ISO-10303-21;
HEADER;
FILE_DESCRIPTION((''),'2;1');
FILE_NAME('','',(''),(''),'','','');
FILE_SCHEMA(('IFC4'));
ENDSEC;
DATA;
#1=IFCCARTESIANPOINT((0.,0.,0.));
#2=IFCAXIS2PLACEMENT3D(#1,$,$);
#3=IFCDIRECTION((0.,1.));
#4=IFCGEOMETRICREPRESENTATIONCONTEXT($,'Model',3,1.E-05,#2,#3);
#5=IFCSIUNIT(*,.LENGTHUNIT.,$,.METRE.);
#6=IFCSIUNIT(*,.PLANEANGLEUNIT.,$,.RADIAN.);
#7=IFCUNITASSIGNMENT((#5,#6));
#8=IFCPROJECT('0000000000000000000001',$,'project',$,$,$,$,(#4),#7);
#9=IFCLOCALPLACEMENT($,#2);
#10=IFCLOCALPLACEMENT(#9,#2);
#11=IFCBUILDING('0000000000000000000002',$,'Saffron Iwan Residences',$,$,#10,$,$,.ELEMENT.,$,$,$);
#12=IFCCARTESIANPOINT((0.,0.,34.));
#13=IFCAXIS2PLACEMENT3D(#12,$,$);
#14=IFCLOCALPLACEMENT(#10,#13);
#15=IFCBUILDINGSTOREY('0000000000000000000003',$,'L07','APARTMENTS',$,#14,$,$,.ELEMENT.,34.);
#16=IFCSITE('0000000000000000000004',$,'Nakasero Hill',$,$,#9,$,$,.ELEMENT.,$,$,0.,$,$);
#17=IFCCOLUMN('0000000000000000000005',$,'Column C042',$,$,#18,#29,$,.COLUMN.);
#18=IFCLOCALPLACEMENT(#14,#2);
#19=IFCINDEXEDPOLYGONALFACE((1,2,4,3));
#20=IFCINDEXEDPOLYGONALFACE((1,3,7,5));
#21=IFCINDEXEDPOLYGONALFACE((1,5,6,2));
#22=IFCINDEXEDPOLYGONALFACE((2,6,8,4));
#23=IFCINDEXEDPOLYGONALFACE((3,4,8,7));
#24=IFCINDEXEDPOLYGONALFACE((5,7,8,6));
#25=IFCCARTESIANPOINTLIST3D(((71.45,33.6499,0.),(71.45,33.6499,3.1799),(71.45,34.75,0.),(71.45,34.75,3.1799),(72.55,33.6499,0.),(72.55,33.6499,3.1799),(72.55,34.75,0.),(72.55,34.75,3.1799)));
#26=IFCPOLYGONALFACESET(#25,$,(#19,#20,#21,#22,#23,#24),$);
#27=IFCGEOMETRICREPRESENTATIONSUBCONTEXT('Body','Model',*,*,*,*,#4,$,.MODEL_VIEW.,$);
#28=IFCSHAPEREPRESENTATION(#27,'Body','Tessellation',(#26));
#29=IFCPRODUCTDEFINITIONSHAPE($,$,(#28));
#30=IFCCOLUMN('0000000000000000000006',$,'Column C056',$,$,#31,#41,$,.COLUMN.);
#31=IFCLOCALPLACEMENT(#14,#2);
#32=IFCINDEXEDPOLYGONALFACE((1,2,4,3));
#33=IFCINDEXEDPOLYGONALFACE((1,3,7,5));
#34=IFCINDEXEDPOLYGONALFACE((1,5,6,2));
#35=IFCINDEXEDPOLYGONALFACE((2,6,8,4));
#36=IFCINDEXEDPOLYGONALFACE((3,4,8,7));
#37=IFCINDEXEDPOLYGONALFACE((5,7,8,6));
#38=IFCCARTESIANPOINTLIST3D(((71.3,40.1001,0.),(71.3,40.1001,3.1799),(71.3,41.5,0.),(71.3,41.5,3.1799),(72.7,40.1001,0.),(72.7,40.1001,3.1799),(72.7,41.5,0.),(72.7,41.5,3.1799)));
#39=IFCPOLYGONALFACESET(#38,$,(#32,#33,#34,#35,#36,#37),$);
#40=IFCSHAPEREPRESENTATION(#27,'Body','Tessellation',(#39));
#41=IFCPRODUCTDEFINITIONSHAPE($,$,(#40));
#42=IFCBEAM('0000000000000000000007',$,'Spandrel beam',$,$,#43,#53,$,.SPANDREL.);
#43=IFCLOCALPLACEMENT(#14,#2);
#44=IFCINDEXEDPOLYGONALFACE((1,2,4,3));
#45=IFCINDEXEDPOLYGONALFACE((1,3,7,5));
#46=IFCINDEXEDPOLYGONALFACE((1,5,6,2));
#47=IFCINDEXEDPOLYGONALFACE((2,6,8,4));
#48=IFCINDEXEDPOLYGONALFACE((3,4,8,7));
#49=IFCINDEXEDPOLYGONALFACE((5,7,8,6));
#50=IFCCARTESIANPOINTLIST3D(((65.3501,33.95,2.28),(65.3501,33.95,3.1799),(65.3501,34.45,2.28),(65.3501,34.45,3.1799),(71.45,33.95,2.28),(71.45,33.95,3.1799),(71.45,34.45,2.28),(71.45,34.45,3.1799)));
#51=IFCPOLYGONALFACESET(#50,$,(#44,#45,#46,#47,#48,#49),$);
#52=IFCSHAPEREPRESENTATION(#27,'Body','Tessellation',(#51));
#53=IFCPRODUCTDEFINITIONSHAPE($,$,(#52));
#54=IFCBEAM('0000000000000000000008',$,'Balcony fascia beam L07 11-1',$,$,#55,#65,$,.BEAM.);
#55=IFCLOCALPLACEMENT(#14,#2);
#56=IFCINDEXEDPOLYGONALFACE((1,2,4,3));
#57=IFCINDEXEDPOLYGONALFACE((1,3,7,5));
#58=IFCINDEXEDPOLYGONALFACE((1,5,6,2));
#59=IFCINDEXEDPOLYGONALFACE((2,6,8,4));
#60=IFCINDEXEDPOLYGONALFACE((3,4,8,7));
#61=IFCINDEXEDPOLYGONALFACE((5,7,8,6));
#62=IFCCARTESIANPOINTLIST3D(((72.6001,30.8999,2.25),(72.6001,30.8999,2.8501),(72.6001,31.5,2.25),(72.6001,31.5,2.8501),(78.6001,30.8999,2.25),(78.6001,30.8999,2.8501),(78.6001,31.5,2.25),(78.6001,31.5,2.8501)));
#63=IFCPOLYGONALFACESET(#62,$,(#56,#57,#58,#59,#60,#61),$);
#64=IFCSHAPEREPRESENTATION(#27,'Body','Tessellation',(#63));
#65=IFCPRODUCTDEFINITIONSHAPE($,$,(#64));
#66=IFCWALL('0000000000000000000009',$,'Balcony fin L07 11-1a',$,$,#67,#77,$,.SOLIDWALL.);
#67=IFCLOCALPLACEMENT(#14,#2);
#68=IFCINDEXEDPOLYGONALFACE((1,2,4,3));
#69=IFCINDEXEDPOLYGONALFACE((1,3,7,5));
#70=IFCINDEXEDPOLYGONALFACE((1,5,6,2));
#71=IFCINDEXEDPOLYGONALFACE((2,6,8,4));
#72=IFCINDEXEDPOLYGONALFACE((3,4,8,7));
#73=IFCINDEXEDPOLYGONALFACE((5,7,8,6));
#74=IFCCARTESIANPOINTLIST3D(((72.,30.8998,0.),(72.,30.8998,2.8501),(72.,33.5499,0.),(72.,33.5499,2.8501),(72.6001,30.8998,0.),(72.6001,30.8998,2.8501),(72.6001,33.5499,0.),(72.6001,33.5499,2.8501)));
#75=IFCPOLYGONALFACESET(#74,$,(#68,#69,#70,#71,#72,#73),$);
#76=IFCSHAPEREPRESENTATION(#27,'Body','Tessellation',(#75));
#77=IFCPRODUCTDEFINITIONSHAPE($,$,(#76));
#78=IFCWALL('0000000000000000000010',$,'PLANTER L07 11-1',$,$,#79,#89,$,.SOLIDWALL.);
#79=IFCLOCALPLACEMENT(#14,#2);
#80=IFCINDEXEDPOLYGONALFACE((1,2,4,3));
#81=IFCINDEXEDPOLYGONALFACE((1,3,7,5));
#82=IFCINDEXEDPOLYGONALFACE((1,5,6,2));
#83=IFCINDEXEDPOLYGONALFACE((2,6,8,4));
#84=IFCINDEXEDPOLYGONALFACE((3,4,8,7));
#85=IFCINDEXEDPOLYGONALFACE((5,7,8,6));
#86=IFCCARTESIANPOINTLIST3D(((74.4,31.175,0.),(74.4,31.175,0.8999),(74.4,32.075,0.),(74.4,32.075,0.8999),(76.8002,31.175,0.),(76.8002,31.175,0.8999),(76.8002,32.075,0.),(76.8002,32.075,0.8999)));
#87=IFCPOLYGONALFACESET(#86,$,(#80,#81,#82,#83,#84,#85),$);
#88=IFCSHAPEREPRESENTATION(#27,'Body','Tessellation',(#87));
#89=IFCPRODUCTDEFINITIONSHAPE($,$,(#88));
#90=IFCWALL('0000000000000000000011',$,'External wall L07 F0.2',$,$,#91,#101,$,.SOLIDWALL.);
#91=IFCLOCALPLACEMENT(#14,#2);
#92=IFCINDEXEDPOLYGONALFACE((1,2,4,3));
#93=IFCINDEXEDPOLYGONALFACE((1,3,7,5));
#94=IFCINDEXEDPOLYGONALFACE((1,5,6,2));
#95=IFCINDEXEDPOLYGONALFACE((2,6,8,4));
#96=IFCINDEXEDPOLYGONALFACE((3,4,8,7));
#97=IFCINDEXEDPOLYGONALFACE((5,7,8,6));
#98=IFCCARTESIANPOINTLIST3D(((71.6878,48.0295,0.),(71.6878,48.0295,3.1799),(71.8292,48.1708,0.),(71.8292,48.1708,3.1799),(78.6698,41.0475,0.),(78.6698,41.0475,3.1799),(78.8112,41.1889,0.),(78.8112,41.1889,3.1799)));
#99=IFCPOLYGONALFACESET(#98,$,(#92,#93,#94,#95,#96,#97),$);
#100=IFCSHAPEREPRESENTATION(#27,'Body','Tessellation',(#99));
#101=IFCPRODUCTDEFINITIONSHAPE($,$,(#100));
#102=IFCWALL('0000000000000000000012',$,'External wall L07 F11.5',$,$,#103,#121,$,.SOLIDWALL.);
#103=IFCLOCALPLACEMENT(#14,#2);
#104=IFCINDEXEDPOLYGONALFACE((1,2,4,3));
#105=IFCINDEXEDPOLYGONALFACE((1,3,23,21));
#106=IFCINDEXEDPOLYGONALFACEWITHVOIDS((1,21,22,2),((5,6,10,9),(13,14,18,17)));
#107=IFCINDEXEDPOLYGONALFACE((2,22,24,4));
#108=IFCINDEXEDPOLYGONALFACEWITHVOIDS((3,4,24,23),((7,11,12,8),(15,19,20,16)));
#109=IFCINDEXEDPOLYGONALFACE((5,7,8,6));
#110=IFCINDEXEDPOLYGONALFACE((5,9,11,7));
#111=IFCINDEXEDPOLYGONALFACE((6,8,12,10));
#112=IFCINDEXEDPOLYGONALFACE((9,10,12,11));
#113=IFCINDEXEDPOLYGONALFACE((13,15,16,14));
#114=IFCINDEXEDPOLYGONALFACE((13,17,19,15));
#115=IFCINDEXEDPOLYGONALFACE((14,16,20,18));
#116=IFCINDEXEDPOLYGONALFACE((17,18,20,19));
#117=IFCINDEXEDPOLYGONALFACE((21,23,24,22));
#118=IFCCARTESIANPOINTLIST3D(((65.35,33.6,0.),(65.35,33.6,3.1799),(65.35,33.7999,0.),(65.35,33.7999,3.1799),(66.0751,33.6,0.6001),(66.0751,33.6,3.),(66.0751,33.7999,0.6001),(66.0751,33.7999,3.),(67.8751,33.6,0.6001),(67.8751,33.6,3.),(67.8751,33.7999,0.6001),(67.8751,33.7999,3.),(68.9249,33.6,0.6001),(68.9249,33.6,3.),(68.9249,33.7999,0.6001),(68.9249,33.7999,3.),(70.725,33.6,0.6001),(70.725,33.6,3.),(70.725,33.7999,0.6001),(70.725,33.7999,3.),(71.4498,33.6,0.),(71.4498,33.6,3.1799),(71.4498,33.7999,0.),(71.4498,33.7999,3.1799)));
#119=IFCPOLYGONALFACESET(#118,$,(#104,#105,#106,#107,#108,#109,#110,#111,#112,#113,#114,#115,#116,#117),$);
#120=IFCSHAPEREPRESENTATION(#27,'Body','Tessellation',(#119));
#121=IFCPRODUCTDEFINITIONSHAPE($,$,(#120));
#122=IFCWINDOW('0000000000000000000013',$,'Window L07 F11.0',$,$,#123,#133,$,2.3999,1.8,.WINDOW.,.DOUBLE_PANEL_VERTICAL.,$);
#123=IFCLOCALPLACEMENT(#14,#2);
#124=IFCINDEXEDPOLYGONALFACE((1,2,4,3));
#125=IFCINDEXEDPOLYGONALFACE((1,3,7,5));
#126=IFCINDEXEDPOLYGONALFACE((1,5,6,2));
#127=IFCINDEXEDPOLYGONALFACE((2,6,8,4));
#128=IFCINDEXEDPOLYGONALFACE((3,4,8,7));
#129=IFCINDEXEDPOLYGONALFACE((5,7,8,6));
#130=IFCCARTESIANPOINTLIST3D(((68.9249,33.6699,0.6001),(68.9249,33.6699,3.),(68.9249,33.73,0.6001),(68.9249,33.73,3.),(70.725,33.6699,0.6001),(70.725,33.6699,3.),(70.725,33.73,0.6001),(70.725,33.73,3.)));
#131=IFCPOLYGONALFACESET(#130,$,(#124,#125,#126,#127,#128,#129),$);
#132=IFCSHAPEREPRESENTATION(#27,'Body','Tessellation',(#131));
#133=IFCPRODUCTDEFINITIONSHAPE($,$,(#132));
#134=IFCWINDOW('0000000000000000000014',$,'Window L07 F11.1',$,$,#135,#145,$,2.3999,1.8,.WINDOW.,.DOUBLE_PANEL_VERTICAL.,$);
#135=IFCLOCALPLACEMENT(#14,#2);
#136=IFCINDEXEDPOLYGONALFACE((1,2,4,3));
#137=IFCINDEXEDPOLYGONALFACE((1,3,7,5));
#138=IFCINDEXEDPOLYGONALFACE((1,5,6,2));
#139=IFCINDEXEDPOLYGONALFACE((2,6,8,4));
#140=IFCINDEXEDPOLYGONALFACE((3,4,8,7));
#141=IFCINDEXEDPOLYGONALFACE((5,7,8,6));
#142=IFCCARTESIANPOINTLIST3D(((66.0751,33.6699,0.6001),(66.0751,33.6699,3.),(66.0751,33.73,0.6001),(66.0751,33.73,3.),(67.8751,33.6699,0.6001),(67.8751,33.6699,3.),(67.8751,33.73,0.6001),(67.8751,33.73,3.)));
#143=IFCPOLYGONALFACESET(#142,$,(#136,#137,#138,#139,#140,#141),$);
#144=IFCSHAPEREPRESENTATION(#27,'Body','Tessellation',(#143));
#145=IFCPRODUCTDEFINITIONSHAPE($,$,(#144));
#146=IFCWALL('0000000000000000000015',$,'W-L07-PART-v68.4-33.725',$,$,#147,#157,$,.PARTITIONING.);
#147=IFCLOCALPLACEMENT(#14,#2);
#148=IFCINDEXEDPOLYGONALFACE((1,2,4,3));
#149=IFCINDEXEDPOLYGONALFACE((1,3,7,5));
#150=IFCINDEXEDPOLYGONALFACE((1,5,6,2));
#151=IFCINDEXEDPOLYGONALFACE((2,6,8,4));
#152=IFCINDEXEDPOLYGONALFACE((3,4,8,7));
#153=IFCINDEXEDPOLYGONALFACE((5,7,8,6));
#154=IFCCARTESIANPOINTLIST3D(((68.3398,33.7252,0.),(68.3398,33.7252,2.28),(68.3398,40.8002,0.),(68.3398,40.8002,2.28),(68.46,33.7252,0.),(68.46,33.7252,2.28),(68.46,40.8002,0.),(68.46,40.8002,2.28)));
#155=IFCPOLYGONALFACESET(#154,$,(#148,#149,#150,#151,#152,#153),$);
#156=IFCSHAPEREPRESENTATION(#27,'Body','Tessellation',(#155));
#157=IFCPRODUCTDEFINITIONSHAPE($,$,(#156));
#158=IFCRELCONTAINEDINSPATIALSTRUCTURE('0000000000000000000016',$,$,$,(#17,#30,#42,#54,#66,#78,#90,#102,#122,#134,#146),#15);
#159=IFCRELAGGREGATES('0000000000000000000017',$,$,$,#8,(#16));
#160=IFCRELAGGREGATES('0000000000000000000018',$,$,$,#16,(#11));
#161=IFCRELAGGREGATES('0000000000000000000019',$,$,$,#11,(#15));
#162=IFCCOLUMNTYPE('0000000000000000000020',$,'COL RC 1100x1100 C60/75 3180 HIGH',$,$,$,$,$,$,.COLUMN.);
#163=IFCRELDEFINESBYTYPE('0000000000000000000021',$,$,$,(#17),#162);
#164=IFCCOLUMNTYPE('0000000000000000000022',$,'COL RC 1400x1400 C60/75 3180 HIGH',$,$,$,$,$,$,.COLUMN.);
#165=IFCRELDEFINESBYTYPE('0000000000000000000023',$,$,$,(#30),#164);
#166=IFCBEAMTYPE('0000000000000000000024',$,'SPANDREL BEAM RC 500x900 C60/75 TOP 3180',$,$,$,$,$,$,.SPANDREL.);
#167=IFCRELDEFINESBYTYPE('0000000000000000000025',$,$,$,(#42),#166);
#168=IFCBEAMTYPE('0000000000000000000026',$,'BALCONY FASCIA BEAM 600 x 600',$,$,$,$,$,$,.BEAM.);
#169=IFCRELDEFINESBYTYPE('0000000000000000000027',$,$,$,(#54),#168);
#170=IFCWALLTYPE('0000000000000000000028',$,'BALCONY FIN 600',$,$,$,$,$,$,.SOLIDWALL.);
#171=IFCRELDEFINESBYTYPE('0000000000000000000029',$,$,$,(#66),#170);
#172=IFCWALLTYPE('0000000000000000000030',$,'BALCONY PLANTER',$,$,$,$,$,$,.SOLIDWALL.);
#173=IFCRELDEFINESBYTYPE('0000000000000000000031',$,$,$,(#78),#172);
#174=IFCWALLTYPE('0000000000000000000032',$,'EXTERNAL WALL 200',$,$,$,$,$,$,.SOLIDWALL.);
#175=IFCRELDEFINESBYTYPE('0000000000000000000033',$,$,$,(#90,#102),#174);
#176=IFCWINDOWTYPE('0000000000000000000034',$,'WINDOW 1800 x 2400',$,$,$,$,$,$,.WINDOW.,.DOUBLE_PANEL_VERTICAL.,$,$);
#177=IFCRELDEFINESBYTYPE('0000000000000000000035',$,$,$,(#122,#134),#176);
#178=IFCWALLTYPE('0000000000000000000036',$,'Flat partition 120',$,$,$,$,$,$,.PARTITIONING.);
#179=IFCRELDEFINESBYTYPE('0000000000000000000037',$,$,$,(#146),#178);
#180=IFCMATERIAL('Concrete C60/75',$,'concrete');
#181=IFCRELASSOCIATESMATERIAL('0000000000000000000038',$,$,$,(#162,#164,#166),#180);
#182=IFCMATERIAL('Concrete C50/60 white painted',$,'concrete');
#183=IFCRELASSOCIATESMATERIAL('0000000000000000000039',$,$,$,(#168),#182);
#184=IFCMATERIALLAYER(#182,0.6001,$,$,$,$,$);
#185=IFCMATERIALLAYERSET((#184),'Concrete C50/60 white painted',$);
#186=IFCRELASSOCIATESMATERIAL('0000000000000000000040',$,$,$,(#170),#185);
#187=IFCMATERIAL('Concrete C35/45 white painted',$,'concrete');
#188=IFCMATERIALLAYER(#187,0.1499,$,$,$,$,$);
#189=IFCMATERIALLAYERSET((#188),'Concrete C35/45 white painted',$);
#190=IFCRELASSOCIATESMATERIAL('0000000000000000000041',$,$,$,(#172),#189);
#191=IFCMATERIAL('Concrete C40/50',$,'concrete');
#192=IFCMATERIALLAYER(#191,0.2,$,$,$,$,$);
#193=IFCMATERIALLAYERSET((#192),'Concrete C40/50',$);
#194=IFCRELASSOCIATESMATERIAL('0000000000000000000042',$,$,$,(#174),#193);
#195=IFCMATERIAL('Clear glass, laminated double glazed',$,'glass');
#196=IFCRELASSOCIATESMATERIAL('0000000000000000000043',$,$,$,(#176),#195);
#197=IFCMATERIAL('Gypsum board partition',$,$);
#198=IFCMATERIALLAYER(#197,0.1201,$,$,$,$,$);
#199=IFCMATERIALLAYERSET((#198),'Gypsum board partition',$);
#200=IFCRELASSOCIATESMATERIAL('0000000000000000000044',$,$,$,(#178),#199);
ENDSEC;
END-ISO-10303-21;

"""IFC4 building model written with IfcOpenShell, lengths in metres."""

from ifc_helpers import new_model, si_unit, direction, frame, frame_2d, origin, origin_2d, place, context, subcontext, project, spatial, rectangle, extrude, source, transform, mapped, material, layer, layer_set, material_profile, profile_set, type_object, element, fill, save


model = new_model("IFC4")

# Units and contexts
model_context = context("Model", 3, precision=1e-05, world=origin(), true_north=direction((0.0, 1.0)))
body_context = subcontext(model_context, "Body", "Model", "MODEL_VIEW")
ifc_project = project(units=[si_unit("LENGTHUNIT", "METRE"), si_unit("PLANEANGLEUNIT", "RADIAN")], contexts=[model_context])

# Site, building, storey
site_placement = place(None, origin())
site = spatial("IfcSite", under=ifc_project, at=site_placement, Name="Nakasero Hill", CompositionType="ELEMENT", RefElevation=0.0)
building_placement = place(site_placement, origin())
building = spatial("IfcBuilding", under=site, at=building_placement, Name="Saffron Iwan Residences", CompositionType="ELEMENT")
storey_placement = place(building_placement, frame((0.0, 0.0, 34.0)))
storey = spatial("IfcBuildingStorey", under=building, at=storey_placement, Name="L07", Description="APARTMENTS", CompositionType="ELEMENT", Elevation=34.0)

# Columns
ifc_material_1 = material(Name="Concrete C60/75", Category="concrete")
ifc_material_profile_1 = material_profile(ifc_material_1, rectangle(XDim=1.1001, YDim=1.1001, at=origin_2d()), Name="RC 1100x1100")
ifc_profile_set_1 = profile_set([ifc_material_profile_1], Name="Concrete C60/75")
column_type_1 = type_object("IfcColumnType", Name="COL RC 1100x1100 C60/75 3180 HIGH", PredefinedType="COLUMN", material=ifc_profile_set_1)
shared_shape_1 = source(origin(), body_context, "Body", "SweptSolid", [
    extrude(rectangle(XDim=1.1001, YDim=1.1001, at=origin_2d()), origin(), (0.0, 0.0, 1.0), 3.1799),
])
column_1_placement = place(storey_placement, frame((72.0, 34.2, 0.0), z_axis=(0.0, 0.0, 1.0), x_axis=(1.0, 0.0, 0.0)))
element("IfcColumn", 1, at=column_1_placement, inside=storey, type_object=column_type_1, Name="Column C042", PredefinedType="COLUMN", context=body_context, shape_type="MappedRepresentation", body=[
    mapped(shared_shape_1, transform((0.0, 0.0, 0.0))),
])
ifc_material_profile_2 = material_profile(ifc_material_1, rectangle(XDim=1.3999, YDim=1.3999, at=origin_2d()), Name="RC 1400x1400")
ifc_profile_set_2 = profile_set([ifc_material_profile_2], Name="Concrete C60/75")
column_type_2 = type_object("IfcColumnType", Name="COL RC 1400x1400 C60/75 3180 HIGH", PredefinedType="COLUMN", material=ifc_profile_set_2)
shared_shape_2 = source(origin(), body_context, "Body", "SweptSolid", [
    extrude(rectangle(XDim=1.3999, YDim=1.3999, at=origin_2d()), origin(), (0.0, 0.0, 1.0), 3.1799),
])
column_2_placement = place(storey_placement, frame((72.0, 40.8, 0.0), z_axis=(0.0, 0.0, 1.0), x_axis=(1.0, 0.0, 0.0)))
element("IfcColumn", 2, at=column_2_placement, inside=storey, type_object=column_type_2, Name="Column C056", PredefinedType="COLUMN", context=body_context, shape_type="MappedRepresentation", body=[
    mapped(shared_shape_2, transform((0.0, 0.0, 0.0))),
])

# Beams
ifc_material_profile_3 = material_profile(ifc_material_1, rectangle(XDim=0.5, YDim=0.8999, at=origin_2d()), Name="RC 500x900")
ifc_profile_set_3 = profile_set([ifc_material_profile_3], Name="Concrete C60/75")
beam_type_1 = type_object("IfcBeamType", Name="SPANDREL BEAM RC 500x900 C60/75 TOP 3180", PredefinedType="SPANDREL", material=ifc_profile_set_3)
shared_shape_3 = source(origin(), body_context, "Body", "SweptSolid", [
    extrude(rectangle(XDim=0.5, YDim=0.8999, at=origin_2d()), origin(), (0.0, 0.0, 1.0), 6.0999),
])
beam_1_placement = place(storey_placement, frame((71.45, 34.2, 2.73), z_axis=(-1.0, 0.0, 0.0), x_axis=(0.0, -1.0, 0.0)))
element("IfcBeam", 3, at=beam_1_placement, inside=storey, type_object=beam_type_1, Name="Spandrel beam", PredefinedType="SPANDREL", context=body_context, shape_type="MappedRepresentation", body=[
    mapped(shared_shape_3, transform((0.0, 0.0, 0.0))),
])
ifc_material_2 = material(Name="Concrete C50/60 white painted", Category="concrete")
ifc_material_profile_4 = material_profile(ifc_material_2, rectangle(XDim=0.6001, YDim=0.6001, at=origin_2d()), Name="BALCONY FASCIA BEAM 600 x 600")
ifc_profile_set_4 = profile_set([ifc_material_profile_4], Name="Concrete C50/60 white painted")
beam_type_2 = type_object("IfcBeamType", Name="BALCONY FASCIA BEAM 600 x 600", PredefinedType="BEAM", material=ifc_profile_set_4)
shared_shape_4 = source(origin(), body_context, "Body", "SweptSolid", [
    extrude(rectangle(XDim=0.6001, YDim=0.6001, at=origin_2d()), origin(), (0.0, 0.0, 1.0), 6.0),
])
beam_2_placement = place(storey_placement, frame((72.6001, 31.2, 2.55), z_axis=(1.0, 0.0, 0.0), x_axis=(0.0, 1.0, 0.0)))
element("IfcBeam", 4, at=beam_2_placement, inside=storey, type_object=beam_type_2, Name="Balcony fascia beam L07 11-1", PredefinedType="BEAM", context=body_context, shape_type="MappedRepresentation", body=[
    mapped(shared_shape_4, transform((0.0, 0.0, 0.0))),
])

# Walls
ifc_layer_1 = layer(ifc_material_2, 0.6001)
ifc_layer_set_1 = layer_set([ifc_layer_1], Name="Concrete C50/60 white painted")
wall_type_1 = type_object("IfcWallType", Name="BALCONY FIN 600", PredefinedType="SOLIDWALL", material=ifc_layer_set_1)
wall_1_placement = place(storey_placement, frame((72.3, 33.55, 0.0), z_axis=(0.0, 0.0, 1.0), x_axis=(0.0, -1.0, 0.0)))
element("IfcWall", 5, at=wall_1_placement, inside=storey, type_object=wall_type_1, Name="Balcony fin L07 11-1a", PredefinedType="SOLIDWALL", context=body_context, shape_type="SweptSolid", body=[
    extrude(rectangle(XDim=2.6501, YDim=0.6001, at=frame_2d((1.3252, 0.0))), origin(), (0.0, 0.0, 1.0), 2.8501),
])
ifc_material_3 = material(Name="Concrete C35/45 white painted", Category="concrete")
ifc_layer_2 = layer(ifc_material_3, 0.1499)
ifc_layer_set_2 = layer_set([ifc_layer_2], Name="Concrete C35/45 white painted")
wall_type_2 = type_object("IfcWallType", Name="BALCONY PLANTER", PredefinedType="SOLIDWALL", material=ifc_layer_set_2)
wall_2_placement = place(storey_placement, frame((74.3999, 31.625, 0.0), z_axis=(0.0, 0.0, 1.0), x_axis=(1.0, 0.0, 0.0)))
element("IfcWall", 6, at=wall_2_placement, inside=storey, type_object=wall_type_2, Name="PLANTER L07 11-1", PredefinedType="SOLIDWALL", context=body_context, shape_type="SweptSolid", body=[
    extrude(rectangle(XDim=2.4001, YDim=0.8999, at=frame_2d((1.2002, 0.0))), origin(), (0.0, 0.0, 1.0), 0.8999),
])
ifc_material_4 = material(Name="Concrete C40/50", Category="concrete")
ifc_layer_3 = layer(ifc_material_4, 0.2)
ifc_layer_set_3 = layer_set([ifc_layer_3], Name="Concrete C40/50")
wall_type_3 = type_object("IfcWallType", Name="EXTERNAL WALL 200", PredefinedType="SOLIDWALL", material=ifc_layer_set_3)
wall_3_placement = place(storey_placement, frame((78.7405, 41.1182, 0.0), z_axis=(0.0, 0.0, 1.0), x_axis=(-0.707107, 0.707107, 0.0)))
element("IfcWall", 7, at=wall_3_placement, inside=storey, type_object=wall_type_3, Name="External wall L07 F0.2", PredefinedType="SOLIDWALL", context=body_context, shape_type="SweptSolid", body=[
    extrude(rectangle(XDim=9.874, YDim=0.2, at=frame_2d((4.937, 0.0))), origin(), (0.0, 0.0, 1.0), 3.1799),
])

# Wall, openings, windows
wall_4_placement = place(storey_placement, frame((65.3501, 33.7, 0.0), z_axis=(0.0, 0.0, 1.0), x_axis=(1.0, 0.0, 0.0)))
wall_4 = element("IfcWall", 8, at=wall_4_placement, inside=storey, type_object=wall_type_3, Name="External wall L07 F11.5", PredefinedType="SOLIDWALL", context=body_context, shape_type="SweptSolid", body=[
    extrude(rectangle(XDim=6.0999, YDim=0.2, at=frame_2d((3.0498, 0.0))), origin(), (0.0, 0.0, 1.0), 3.1799),
])
opening_1_placement = place(wall_4_placement, frame((3.575, 0.0, 0.6001)))
opening_1 = element("IfcOpeningElement", 9, at=opening_1_placement, cuts=wall_4, PredefinedType="OPENING", context=body_context, shape_type="SweptSolid", body=[
    extrude(rectangle(XDim=1.8, YDim=2.3999, at=frame_2d((0.8999, 1.2))), frame((0.0, 0.1099, 0.0), z_axis=(0.0, -1.0, 0.0), x_axis=(1.0, 0.0, 0.0)), (0.0, 0.0, 1.0), 0.22),
])
opening_2_placement = place(wall_4_placement, frame((0.7251, 0.0, 0.6001)))
opening_2 = element("IfcOpeningElement", 10, at=opening_2_placement, cuts=wall_4, PredefinedType="OPENING", context=body_context, shape_type="SweptSolid", body=[
    extrude(rectangle(XDim=1.8, YDim=2.3999, at=frame_2d((0.8999, 1.2))), frame((0.0, 0.1099, 0.0), z_axis=(0.0, -1.0, 0.0), x_axis=(1.0, 0.0, 0.0)), (0.0, 0.0, 1.0), 0.22),
])
ifc_material_5 = material(Name="Clear glass, laminated double glazed", Category="glass")
window_type_1 = type_object("IfcWindowType", Name="WINDOW 1800 x 2400", PartitioningType="DOUBLE_PANEL_VERTICAL", PredefinedType="WINDOW", material=ifc_material_5)
window_1_placement = place(opening_1_placement, origin())
window_1 = element("IfcWindow", 11, at=window_1_placement, inside=storey, type_object=window_type_1, Name="Window L07 F11.0", OverallHeight=2.3999, OverallWidth=1.8, PartitioningType="DOUBLE_PANEL_VERTICAL", PredefinedType="WINDOW", context=body_context, shape_type="SweptSolid", body=[
    extrude(rectangle(XDim=1.8, YDim=2.3999, at=frame_2d((0.8999, 1.2))), frame((0.0, 0.03, 0.0), z_axis=(0.0, -1.0, 0.0), x_axis=(1.0, 0.0, 0.0)), (0.0, 0.0, 1.0), 0.0601),
])
fill(opening_1, window_1)
window_2_placement = place(opening_2_placement, origin())
window_2 = element("IfcWindow", 12, at=window_2_placement, inside=storey, type_object=window_type_1, Name="Window L07 F11.1", OverallHeight=2.3999, OverallWidth=1.8, PartitioningType="DOUBLE_PANEL_VERTICAL", PredefinedType="WINDOW", context=body_context, shape_type="SweptSolid", body=[
    extrude(rectangle(XDim=1.8, YDim=2.3999, at=frame_2d((0.8999, 1.2))), frame((0.0, 0.03, 0.0), z_axis=(0.0, -1.0, 0.0), x_axis=(1.0, 0.0, 0.0)), (0.0, 0.0, 1.0), 0.0601),
])
fill(opening_2, window_2)

# Wall
ifc_material_6 = material(Name="Gypsum board partition")
ifc_layer_4 = layer(ifc_material_6, 0.1201)
ifc_layer_set_4 = layer_set([ifc_layer_4], Name="Gypsum board partition")
wall_type_4 = type_object("IfcWallType", Name="Flat partition 120", PredefinedType="PARTITIONING", material=ifc_layer_set_4)
wall_5_placement = place(storey_placement, frame((68.3999, 33.7251, 0.0), z_axis=(0.0, 0.0, 1.0), x_axis=(0.0, 1.0, 0.0)))
element("IfcWall", 13, at=wall_5_placement, inside=storey, type_object=wall_type_4, Name="W-L07-PART-v68.4-33.725", PredefinedType="PARTITIONING", context=body_context, shape_type="SweptSolid", body=[
    extrude(rectangle(XDim=7.075, YDim=0.1201, at=frame_2d((3.5376, 0.0))), origin(), (0.0, 0.0, 1.0), 2.28),
])

save(model, "model.ifc")
